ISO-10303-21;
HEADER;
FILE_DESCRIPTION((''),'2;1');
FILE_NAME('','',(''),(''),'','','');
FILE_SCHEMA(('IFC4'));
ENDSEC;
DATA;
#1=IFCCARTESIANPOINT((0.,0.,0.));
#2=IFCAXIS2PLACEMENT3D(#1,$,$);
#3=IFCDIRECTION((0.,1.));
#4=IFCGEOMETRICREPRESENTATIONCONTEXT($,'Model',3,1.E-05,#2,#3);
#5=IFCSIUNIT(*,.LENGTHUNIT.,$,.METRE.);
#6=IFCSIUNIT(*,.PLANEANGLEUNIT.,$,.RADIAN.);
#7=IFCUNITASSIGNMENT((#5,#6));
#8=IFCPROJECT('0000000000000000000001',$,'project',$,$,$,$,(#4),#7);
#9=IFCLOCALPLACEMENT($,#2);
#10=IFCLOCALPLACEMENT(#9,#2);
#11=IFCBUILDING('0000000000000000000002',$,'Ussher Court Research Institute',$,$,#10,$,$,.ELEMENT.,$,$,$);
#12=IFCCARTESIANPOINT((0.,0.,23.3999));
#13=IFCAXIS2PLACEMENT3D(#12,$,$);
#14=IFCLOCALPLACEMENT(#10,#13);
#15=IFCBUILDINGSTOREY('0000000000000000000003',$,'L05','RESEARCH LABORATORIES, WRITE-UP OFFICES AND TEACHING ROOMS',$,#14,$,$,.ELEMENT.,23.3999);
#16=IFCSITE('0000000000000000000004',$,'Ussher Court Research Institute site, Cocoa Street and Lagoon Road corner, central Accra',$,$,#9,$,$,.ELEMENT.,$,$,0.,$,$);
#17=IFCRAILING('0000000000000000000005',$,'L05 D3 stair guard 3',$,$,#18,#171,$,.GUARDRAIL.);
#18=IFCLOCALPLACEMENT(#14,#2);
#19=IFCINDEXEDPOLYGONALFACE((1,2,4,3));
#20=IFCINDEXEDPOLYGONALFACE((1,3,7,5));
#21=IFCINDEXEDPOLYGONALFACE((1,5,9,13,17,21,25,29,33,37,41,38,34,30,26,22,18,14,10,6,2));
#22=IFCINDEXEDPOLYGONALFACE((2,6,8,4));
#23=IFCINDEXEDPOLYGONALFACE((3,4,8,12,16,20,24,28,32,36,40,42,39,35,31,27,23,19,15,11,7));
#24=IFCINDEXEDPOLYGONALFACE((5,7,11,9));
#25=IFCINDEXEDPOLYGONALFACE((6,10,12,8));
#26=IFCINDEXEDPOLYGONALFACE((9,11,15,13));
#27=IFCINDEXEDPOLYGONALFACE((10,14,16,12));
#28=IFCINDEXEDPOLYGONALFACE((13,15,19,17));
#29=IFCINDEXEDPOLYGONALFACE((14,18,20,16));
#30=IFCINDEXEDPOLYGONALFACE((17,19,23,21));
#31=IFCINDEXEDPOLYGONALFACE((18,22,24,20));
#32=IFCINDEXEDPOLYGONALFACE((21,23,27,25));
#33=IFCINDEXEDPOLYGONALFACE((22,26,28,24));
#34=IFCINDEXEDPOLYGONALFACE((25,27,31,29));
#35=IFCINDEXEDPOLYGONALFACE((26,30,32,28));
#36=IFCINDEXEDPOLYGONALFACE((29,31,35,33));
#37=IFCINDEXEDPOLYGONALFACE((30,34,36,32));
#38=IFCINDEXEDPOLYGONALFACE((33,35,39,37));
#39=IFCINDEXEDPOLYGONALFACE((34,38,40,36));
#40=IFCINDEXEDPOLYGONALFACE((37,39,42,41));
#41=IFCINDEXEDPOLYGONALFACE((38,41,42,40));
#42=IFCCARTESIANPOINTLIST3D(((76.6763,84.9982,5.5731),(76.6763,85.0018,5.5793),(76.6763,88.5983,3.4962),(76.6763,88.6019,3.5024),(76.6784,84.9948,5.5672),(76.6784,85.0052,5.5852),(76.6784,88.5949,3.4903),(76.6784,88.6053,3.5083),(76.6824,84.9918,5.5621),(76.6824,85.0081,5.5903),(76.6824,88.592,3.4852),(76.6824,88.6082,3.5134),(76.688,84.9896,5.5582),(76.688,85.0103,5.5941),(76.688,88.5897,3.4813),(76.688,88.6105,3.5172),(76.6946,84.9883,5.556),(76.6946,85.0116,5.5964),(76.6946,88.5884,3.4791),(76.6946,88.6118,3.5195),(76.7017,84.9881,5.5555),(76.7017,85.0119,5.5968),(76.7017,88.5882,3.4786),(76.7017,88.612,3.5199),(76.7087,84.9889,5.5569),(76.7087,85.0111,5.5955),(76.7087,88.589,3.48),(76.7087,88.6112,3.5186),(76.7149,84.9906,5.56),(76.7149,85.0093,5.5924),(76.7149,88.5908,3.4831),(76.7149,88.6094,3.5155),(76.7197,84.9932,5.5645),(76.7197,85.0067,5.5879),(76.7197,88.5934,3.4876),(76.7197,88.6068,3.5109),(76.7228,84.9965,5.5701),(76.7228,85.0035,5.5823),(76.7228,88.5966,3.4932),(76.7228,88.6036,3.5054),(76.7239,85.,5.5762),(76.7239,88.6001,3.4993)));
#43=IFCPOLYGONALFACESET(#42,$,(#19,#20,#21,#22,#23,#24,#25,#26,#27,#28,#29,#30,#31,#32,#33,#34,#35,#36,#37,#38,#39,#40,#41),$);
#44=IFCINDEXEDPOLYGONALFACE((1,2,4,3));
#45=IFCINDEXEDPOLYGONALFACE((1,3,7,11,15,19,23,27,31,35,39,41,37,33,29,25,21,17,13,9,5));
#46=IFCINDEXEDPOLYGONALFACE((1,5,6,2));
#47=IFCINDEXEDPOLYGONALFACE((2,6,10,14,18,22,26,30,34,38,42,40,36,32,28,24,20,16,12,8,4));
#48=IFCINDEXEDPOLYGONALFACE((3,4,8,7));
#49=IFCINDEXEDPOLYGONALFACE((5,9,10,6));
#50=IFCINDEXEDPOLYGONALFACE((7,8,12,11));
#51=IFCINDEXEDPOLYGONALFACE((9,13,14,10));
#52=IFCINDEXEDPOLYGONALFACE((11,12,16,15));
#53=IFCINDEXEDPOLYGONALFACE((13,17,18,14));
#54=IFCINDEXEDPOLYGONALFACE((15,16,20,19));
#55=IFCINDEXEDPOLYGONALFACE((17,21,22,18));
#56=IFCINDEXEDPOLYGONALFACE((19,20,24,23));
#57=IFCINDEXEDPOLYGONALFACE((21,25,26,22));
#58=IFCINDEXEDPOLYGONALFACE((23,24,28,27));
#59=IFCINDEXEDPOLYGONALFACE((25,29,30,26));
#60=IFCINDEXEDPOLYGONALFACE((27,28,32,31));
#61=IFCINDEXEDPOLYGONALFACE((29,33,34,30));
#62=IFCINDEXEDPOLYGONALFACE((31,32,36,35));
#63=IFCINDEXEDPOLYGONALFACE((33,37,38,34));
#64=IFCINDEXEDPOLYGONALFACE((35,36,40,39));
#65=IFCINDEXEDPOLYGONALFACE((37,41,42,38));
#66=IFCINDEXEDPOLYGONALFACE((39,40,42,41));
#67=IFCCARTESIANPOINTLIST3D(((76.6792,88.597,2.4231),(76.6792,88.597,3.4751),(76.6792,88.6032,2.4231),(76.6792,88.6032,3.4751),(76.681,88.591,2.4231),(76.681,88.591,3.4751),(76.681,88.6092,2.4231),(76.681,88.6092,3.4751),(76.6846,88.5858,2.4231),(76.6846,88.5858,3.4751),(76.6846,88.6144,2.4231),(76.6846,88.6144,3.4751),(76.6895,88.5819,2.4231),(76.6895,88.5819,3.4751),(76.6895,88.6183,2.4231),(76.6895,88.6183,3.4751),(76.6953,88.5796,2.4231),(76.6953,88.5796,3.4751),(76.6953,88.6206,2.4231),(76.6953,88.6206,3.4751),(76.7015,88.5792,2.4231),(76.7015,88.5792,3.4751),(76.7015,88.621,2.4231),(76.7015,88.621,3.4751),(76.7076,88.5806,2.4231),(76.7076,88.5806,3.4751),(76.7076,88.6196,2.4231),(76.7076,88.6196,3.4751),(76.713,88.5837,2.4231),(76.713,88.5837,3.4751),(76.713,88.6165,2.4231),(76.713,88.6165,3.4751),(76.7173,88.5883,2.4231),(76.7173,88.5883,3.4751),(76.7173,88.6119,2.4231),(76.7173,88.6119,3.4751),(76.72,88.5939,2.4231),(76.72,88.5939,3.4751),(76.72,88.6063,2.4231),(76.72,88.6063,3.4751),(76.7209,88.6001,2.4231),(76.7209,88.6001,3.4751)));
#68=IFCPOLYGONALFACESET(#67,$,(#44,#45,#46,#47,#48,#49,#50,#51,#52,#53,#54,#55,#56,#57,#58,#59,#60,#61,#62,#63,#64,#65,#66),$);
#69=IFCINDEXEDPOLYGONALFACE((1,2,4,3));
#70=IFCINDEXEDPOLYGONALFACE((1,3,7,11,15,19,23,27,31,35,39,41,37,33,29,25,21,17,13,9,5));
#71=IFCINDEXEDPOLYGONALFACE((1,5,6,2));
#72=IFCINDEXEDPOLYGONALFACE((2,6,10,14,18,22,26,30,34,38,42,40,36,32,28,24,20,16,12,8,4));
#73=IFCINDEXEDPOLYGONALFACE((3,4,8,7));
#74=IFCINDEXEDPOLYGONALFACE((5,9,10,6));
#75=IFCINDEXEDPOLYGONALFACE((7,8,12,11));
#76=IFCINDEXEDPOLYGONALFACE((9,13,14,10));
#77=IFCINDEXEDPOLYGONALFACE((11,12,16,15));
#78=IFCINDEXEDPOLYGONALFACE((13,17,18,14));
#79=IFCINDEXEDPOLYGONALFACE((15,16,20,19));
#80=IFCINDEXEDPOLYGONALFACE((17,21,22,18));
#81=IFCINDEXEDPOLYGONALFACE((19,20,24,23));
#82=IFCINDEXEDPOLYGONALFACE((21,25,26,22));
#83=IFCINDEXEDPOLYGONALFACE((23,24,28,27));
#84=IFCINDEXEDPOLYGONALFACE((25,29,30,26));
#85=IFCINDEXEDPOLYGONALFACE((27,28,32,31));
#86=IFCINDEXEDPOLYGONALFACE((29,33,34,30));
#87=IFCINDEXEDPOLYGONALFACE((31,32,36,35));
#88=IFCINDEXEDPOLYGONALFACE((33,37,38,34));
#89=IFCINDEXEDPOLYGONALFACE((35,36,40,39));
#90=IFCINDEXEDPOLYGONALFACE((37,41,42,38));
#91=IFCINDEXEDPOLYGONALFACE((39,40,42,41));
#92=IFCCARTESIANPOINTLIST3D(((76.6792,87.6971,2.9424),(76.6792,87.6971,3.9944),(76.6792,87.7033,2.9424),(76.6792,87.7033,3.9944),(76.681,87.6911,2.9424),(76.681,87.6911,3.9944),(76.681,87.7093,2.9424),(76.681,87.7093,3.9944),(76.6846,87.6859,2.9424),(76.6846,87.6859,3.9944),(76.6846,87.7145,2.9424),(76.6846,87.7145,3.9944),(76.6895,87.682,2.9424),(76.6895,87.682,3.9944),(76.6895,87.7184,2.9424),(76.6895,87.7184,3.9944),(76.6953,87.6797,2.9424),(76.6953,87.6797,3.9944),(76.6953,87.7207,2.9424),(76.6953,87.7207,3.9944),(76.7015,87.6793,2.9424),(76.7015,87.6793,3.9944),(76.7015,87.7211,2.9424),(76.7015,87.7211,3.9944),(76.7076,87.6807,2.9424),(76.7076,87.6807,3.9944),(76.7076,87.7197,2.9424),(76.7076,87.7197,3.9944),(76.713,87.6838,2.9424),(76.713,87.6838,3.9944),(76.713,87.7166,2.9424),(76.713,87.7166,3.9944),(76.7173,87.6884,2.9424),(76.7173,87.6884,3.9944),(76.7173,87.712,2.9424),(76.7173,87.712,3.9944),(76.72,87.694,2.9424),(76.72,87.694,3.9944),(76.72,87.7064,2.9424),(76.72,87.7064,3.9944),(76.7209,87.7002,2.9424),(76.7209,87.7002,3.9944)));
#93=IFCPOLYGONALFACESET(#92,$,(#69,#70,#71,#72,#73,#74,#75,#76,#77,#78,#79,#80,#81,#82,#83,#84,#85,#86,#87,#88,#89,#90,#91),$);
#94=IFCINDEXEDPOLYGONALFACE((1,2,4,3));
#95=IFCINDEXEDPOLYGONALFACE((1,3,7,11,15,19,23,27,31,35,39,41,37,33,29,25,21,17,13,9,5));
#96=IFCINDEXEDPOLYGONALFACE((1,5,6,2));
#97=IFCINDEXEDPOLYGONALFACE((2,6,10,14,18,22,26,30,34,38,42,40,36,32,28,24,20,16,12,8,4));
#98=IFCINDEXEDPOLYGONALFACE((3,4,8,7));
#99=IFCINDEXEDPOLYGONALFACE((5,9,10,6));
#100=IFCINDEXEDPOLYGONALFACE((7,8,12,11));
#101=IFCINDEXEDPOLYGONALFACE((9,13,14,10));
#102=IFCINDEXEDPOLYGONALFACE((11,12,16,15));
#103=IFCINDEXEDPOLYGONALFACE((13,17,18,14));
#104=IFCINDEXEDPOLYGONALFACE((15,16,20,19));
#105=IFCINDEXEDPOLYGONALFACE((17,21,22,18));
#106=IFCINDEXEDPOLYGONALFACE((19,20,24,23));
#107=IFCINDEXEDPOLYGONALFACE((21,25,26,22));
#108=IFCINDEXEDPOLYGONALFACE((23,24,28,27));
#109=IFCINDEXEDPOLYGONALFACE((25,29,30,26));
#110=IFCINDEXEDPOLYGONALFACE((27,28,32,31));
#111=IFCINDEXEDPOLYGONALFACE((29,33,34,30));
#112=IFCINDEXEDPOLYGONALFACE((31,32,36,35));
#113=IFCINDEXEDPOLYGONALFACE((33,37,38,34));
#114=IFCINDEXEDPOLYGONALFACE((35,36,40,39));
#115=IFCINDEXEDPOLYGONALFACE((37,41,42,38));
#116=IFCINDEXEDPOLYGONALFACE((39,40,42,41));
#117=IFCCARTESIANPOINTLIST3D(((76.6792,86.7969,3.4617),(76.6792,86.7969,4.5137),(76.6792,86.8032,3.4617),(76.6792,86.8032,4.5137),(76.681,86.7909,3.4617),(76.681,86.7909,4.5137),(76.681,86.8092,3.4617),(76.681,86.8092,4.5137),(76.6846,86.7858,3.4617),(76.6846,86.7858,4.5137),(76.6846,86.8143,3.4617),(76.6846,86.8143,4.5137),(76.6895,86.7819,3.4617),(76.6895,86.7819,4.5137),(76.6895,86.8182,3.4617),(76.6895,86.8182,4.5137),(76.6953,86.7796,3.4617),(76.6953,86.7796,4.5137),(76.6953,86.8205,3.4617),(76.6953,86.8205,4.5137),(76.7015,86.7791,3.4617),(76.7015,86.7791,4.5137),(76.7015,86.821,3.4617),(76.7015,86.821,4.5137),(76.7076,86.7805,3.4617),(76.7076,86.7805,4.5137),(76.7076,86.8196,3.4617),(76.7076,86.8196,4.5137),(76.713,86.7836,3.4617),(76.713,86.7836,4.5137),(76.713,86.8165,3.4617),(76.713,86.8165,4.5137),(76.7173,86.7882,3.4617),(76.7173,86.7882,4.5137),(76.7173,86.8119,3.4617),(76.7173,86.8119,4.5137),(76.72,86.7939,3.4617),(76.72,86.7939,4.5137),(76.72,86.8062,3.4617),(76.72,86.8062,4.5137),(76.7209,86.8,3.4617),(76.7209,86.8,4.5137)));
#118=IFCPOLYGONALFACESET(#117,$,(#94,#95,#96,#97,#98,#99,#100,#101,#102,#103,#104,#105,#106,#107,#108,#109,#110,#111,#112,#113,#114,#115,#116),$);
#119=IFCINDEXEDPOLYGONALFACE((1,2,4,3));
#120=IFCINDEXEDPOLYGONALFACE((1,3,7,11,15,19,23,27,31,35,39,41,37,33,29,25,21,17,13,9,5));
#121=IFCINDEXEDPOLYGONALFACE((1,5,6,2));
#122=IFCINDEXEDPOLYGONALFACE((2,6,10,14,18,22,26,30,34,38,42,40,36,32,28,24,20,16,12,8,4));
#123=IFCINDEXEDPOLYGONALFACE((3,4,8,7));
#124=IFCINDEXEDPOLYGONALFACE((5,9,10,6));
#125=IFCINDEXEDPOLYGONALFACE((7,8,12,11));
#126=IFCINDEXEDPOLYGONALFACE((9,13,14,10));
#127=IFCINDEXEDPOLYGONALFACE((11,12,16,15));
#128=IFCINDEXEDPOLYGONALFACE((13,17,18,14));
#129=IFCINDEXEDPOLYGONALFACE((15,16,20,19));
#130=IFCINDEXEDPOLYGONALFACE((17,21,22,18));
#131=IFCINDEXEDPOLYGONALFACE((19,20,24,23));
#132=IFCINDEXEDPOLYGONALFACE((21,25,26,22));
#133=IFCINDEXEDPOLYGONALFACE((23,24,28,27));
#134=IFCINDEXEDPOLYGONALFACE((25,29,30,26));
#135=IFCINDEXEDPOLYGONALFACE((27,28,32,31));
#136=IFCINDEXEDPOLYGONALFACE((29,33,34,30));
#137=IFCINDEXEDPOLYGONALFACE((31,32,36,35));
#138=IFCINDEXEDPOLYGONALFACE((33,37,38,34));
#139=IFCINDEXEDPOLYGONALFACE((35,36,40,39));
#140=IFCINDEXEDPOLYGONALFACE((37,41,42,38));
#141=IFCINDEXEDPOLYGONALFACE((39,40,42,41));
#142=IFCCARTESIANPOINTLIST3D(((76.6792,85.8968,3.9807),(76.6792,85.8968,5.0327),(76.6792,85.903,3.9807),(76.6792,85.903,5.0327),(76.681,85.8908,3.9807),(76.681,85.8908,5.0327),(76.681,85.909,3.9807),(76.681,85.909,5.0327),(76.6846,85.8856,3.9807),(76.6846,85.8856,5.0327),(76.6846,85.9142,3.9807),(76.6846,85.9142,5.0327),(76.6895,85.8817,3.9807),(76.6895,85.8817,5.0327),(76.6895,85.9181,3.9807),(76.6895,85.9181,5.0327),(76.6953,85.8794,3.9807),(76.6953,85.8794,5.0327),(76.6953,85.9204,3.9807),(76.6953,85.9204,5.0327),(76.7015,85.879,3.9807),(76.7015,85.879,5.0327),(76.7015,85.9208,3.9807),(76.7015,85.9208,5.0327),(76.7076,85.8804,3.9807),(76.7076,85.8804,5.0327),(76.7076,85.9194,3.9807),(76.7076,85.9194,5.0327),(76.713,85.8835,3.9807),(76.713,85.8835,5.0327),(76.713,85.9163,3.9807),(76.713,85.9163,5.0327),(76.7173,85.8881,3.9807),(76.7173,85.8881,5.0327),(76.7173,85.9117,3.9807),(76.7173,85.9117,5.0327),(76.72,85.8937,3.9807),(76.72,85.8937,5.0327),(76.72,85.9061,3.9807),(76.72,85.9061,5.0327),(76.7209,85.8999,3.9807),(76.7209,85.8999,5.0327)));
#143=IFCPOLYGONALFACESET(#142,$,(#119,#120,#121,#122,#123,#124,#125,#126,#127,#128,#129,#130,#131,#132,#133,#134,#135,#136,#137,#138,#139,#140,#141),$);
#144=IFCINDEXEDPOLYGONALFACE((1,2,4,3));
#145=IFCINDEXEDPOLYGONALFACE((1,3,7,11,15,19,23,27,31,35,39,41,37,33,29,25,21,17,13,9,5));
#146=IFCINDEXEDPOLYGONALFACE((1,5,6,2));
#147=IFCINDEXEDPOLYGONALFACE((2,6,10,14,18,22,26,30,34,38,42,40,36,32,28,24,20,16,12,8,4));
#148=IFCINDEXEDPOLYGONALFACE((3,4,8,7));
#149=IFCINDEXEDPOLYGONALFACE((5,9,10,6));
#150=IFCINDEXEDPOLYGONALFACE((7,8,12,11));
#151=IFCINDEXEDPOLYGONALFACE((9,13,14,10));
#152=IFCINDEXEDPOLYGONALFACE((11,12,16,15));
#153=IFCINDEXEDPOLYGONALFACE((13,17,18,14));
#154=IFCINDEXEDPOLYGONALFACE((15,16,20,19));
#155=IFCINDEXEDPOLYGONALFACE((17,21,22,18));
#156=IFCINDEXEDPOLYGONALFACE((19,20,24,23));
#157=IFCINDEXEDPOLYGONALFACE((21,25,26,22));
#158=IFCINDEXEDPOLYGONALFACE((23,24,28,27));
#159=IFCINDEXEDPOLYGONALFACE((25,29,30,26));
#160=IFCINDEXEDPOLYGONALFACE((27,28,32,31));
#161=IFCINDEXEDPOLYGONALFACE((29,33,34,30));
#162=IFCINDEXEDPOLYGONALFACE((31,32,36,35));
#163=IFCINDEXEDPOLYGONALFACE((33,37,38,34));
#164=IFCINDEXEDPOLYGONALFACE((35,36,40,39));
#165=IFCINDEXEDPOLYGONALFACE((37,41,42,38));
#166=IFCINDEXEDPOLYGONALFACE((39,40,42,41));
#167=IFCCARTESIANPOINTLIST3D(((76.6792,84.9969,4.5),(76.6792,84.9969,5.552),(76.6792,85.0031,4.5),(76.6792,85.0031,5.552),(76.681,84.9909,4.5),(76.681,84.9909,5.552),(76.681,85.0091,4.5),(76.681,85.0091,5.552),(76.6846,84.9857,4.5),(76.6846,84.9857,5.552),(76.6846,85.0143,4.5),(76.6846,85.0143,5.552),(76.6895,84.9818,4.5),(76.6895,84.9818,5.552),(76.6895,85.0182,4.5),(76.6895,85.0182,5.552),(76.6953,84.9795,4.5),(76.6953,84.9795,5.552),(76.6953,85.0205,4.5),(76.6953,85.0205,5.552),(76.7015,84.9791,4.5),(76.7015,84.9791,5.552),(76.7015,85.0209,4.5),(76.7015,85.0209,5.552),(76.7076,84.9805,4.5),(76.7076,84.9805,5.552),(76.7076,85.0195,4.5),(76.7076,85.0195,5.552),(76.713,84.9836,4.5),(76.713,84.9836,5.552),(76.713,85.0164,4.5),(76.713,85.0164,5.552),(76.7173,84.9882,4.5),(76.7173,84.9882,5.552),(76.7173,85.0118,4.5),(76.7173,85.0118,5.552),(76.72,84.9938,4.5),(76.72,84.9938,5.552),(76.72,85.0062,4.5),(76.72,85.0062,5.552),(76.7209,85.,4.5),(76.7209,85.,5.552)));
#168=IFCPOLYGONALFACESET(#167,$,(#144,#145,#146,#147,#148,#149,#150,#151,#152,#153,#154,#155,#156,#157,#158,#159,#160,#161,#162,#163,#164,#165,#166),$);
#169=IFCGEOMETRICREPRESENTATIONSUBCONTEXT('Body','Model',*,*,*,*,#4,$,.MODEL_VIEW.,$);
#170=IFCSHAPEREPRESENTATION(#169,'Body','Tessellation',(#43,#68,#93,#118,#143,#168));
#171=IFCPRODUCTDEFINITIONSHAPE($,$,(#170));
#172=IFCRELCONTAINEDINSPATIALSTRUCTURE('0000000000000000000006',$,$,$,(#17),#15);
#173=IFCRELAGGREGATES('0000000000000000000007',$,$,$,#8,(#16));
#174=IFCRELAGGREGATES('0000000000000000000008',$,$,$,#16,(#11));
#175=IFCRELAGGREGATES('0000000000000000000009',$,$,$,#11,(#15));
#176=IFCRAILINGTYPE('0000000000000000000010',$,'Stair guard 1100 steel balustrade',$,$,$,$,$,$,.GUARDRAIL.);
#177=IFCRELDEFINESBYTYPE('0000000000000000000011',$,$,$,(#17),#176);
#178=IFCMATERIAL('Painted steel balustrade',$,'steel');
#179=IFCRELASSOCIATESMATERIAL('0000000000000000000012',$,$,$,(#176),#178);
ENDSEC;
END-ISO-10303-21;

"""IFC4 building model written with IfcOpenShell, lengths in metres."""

from ifc_helpers import new_model, si_unit, direction, frame, origin, origin_2d, place, context, subcontext, project, spatial, circle, extrude, material, type_object, element, save


model = new_model("IFC4")

# Units and contexts
model_context = context("Model", 3, precision=1e-05, world=origin(), true_north=direction((0.0, 1.0)))
body_context = subcontext(model_context, "Body", "Model", "MODEL_VIEW")
ifc_project = project(units=[si_unit("LENGTHUNIT", "METRE"), si_unit("PLANEANGLEUNIT", "RADIAN")], contexts=[model_context])

# Site, building, storey
site_placement = place(None, origin())
site = spatial("IfcSite", under=ifc_project, at=site_placement, Name="Ussher Court Research Institute site, Cocoa Street and Lagoon Road corner, central Accra", CompositionType="ELEMENT", RefElevation=0.0)
building_placement = place(site_placement, origin())
building = spatial("IfcBuilding", under=site, at=building_placement, Name="Ussher Court Research Institute", CompositionType="ELEMENT")
storey_placement = place(building_placement, frame((0.0, 0.0, 23.3999)))
storey = spatial("IfcBuildingStorey", under=building, at=storey_placement, Name="L05", Description="RESEARCH LABORATORIES, WRITE-UP OFFICES AND TEACHING ROOMS", CompositionType="ELEMENT", Elevation=23.3999)

# Railing
ifc_material_1 = material(Name="Painted steel balustrade", Category="steel")
railing_type_1 = type_object("IfcRailingType", Name="Stair guard 1100 steel balustrade", PredefinedType="GUARDRAIL", material=ifc_material_1)
railing_1_placement = place(storey_placement, frame((76.7, 88.6001, 2.4231)))
element("IfcRailing", 1, at=railing_1_placement, inside=storey, type_object=railing_type_1, Name="L05 D3 stair guard 3", PredefinedType="GUARDRAIL", context=body_context, shape_type="SweptSolid", body=[
    extrude(circle(Radius=0.0239, at=origin_2d()), frame((0.0, 0.0, 1.0762), z_axis=(0.0, -0.866193, 0.499709), x_axis=(1.0, 0.0, 0.0)), (0.0, 0.0, 1.0), 4.1562),
    extrude(circle(Radius=0.021, at=origin_2d()), origin(), (0.0, 0.0, 1.0), 1.052),
    extrude(circle(Radius=0.021, at=origin_2d()), frame((0.0, -0.8999, 0.5193)), (0.0, 0.0, 1.0), 1.052),
    extrude(circle(Radius=0.021, at=origin_2d()), frame((0.0, -1.8, 1.0386)), (0.0, 0.0, 1.0), 1.052),
    extrude(circle(Radius=0.021, at=origin_2d()), frame((0.0, -2.7002, 1.5576)), (0.0, 0.0, 1.0), 1.052),
    extrude(circle(Radius=0.021, at=origin_2d()), frame((0.0, -3.6001, 2.0769)), (0.0, 0.0, 1.0), 1.052),
])

save(model, "model.ifc")
